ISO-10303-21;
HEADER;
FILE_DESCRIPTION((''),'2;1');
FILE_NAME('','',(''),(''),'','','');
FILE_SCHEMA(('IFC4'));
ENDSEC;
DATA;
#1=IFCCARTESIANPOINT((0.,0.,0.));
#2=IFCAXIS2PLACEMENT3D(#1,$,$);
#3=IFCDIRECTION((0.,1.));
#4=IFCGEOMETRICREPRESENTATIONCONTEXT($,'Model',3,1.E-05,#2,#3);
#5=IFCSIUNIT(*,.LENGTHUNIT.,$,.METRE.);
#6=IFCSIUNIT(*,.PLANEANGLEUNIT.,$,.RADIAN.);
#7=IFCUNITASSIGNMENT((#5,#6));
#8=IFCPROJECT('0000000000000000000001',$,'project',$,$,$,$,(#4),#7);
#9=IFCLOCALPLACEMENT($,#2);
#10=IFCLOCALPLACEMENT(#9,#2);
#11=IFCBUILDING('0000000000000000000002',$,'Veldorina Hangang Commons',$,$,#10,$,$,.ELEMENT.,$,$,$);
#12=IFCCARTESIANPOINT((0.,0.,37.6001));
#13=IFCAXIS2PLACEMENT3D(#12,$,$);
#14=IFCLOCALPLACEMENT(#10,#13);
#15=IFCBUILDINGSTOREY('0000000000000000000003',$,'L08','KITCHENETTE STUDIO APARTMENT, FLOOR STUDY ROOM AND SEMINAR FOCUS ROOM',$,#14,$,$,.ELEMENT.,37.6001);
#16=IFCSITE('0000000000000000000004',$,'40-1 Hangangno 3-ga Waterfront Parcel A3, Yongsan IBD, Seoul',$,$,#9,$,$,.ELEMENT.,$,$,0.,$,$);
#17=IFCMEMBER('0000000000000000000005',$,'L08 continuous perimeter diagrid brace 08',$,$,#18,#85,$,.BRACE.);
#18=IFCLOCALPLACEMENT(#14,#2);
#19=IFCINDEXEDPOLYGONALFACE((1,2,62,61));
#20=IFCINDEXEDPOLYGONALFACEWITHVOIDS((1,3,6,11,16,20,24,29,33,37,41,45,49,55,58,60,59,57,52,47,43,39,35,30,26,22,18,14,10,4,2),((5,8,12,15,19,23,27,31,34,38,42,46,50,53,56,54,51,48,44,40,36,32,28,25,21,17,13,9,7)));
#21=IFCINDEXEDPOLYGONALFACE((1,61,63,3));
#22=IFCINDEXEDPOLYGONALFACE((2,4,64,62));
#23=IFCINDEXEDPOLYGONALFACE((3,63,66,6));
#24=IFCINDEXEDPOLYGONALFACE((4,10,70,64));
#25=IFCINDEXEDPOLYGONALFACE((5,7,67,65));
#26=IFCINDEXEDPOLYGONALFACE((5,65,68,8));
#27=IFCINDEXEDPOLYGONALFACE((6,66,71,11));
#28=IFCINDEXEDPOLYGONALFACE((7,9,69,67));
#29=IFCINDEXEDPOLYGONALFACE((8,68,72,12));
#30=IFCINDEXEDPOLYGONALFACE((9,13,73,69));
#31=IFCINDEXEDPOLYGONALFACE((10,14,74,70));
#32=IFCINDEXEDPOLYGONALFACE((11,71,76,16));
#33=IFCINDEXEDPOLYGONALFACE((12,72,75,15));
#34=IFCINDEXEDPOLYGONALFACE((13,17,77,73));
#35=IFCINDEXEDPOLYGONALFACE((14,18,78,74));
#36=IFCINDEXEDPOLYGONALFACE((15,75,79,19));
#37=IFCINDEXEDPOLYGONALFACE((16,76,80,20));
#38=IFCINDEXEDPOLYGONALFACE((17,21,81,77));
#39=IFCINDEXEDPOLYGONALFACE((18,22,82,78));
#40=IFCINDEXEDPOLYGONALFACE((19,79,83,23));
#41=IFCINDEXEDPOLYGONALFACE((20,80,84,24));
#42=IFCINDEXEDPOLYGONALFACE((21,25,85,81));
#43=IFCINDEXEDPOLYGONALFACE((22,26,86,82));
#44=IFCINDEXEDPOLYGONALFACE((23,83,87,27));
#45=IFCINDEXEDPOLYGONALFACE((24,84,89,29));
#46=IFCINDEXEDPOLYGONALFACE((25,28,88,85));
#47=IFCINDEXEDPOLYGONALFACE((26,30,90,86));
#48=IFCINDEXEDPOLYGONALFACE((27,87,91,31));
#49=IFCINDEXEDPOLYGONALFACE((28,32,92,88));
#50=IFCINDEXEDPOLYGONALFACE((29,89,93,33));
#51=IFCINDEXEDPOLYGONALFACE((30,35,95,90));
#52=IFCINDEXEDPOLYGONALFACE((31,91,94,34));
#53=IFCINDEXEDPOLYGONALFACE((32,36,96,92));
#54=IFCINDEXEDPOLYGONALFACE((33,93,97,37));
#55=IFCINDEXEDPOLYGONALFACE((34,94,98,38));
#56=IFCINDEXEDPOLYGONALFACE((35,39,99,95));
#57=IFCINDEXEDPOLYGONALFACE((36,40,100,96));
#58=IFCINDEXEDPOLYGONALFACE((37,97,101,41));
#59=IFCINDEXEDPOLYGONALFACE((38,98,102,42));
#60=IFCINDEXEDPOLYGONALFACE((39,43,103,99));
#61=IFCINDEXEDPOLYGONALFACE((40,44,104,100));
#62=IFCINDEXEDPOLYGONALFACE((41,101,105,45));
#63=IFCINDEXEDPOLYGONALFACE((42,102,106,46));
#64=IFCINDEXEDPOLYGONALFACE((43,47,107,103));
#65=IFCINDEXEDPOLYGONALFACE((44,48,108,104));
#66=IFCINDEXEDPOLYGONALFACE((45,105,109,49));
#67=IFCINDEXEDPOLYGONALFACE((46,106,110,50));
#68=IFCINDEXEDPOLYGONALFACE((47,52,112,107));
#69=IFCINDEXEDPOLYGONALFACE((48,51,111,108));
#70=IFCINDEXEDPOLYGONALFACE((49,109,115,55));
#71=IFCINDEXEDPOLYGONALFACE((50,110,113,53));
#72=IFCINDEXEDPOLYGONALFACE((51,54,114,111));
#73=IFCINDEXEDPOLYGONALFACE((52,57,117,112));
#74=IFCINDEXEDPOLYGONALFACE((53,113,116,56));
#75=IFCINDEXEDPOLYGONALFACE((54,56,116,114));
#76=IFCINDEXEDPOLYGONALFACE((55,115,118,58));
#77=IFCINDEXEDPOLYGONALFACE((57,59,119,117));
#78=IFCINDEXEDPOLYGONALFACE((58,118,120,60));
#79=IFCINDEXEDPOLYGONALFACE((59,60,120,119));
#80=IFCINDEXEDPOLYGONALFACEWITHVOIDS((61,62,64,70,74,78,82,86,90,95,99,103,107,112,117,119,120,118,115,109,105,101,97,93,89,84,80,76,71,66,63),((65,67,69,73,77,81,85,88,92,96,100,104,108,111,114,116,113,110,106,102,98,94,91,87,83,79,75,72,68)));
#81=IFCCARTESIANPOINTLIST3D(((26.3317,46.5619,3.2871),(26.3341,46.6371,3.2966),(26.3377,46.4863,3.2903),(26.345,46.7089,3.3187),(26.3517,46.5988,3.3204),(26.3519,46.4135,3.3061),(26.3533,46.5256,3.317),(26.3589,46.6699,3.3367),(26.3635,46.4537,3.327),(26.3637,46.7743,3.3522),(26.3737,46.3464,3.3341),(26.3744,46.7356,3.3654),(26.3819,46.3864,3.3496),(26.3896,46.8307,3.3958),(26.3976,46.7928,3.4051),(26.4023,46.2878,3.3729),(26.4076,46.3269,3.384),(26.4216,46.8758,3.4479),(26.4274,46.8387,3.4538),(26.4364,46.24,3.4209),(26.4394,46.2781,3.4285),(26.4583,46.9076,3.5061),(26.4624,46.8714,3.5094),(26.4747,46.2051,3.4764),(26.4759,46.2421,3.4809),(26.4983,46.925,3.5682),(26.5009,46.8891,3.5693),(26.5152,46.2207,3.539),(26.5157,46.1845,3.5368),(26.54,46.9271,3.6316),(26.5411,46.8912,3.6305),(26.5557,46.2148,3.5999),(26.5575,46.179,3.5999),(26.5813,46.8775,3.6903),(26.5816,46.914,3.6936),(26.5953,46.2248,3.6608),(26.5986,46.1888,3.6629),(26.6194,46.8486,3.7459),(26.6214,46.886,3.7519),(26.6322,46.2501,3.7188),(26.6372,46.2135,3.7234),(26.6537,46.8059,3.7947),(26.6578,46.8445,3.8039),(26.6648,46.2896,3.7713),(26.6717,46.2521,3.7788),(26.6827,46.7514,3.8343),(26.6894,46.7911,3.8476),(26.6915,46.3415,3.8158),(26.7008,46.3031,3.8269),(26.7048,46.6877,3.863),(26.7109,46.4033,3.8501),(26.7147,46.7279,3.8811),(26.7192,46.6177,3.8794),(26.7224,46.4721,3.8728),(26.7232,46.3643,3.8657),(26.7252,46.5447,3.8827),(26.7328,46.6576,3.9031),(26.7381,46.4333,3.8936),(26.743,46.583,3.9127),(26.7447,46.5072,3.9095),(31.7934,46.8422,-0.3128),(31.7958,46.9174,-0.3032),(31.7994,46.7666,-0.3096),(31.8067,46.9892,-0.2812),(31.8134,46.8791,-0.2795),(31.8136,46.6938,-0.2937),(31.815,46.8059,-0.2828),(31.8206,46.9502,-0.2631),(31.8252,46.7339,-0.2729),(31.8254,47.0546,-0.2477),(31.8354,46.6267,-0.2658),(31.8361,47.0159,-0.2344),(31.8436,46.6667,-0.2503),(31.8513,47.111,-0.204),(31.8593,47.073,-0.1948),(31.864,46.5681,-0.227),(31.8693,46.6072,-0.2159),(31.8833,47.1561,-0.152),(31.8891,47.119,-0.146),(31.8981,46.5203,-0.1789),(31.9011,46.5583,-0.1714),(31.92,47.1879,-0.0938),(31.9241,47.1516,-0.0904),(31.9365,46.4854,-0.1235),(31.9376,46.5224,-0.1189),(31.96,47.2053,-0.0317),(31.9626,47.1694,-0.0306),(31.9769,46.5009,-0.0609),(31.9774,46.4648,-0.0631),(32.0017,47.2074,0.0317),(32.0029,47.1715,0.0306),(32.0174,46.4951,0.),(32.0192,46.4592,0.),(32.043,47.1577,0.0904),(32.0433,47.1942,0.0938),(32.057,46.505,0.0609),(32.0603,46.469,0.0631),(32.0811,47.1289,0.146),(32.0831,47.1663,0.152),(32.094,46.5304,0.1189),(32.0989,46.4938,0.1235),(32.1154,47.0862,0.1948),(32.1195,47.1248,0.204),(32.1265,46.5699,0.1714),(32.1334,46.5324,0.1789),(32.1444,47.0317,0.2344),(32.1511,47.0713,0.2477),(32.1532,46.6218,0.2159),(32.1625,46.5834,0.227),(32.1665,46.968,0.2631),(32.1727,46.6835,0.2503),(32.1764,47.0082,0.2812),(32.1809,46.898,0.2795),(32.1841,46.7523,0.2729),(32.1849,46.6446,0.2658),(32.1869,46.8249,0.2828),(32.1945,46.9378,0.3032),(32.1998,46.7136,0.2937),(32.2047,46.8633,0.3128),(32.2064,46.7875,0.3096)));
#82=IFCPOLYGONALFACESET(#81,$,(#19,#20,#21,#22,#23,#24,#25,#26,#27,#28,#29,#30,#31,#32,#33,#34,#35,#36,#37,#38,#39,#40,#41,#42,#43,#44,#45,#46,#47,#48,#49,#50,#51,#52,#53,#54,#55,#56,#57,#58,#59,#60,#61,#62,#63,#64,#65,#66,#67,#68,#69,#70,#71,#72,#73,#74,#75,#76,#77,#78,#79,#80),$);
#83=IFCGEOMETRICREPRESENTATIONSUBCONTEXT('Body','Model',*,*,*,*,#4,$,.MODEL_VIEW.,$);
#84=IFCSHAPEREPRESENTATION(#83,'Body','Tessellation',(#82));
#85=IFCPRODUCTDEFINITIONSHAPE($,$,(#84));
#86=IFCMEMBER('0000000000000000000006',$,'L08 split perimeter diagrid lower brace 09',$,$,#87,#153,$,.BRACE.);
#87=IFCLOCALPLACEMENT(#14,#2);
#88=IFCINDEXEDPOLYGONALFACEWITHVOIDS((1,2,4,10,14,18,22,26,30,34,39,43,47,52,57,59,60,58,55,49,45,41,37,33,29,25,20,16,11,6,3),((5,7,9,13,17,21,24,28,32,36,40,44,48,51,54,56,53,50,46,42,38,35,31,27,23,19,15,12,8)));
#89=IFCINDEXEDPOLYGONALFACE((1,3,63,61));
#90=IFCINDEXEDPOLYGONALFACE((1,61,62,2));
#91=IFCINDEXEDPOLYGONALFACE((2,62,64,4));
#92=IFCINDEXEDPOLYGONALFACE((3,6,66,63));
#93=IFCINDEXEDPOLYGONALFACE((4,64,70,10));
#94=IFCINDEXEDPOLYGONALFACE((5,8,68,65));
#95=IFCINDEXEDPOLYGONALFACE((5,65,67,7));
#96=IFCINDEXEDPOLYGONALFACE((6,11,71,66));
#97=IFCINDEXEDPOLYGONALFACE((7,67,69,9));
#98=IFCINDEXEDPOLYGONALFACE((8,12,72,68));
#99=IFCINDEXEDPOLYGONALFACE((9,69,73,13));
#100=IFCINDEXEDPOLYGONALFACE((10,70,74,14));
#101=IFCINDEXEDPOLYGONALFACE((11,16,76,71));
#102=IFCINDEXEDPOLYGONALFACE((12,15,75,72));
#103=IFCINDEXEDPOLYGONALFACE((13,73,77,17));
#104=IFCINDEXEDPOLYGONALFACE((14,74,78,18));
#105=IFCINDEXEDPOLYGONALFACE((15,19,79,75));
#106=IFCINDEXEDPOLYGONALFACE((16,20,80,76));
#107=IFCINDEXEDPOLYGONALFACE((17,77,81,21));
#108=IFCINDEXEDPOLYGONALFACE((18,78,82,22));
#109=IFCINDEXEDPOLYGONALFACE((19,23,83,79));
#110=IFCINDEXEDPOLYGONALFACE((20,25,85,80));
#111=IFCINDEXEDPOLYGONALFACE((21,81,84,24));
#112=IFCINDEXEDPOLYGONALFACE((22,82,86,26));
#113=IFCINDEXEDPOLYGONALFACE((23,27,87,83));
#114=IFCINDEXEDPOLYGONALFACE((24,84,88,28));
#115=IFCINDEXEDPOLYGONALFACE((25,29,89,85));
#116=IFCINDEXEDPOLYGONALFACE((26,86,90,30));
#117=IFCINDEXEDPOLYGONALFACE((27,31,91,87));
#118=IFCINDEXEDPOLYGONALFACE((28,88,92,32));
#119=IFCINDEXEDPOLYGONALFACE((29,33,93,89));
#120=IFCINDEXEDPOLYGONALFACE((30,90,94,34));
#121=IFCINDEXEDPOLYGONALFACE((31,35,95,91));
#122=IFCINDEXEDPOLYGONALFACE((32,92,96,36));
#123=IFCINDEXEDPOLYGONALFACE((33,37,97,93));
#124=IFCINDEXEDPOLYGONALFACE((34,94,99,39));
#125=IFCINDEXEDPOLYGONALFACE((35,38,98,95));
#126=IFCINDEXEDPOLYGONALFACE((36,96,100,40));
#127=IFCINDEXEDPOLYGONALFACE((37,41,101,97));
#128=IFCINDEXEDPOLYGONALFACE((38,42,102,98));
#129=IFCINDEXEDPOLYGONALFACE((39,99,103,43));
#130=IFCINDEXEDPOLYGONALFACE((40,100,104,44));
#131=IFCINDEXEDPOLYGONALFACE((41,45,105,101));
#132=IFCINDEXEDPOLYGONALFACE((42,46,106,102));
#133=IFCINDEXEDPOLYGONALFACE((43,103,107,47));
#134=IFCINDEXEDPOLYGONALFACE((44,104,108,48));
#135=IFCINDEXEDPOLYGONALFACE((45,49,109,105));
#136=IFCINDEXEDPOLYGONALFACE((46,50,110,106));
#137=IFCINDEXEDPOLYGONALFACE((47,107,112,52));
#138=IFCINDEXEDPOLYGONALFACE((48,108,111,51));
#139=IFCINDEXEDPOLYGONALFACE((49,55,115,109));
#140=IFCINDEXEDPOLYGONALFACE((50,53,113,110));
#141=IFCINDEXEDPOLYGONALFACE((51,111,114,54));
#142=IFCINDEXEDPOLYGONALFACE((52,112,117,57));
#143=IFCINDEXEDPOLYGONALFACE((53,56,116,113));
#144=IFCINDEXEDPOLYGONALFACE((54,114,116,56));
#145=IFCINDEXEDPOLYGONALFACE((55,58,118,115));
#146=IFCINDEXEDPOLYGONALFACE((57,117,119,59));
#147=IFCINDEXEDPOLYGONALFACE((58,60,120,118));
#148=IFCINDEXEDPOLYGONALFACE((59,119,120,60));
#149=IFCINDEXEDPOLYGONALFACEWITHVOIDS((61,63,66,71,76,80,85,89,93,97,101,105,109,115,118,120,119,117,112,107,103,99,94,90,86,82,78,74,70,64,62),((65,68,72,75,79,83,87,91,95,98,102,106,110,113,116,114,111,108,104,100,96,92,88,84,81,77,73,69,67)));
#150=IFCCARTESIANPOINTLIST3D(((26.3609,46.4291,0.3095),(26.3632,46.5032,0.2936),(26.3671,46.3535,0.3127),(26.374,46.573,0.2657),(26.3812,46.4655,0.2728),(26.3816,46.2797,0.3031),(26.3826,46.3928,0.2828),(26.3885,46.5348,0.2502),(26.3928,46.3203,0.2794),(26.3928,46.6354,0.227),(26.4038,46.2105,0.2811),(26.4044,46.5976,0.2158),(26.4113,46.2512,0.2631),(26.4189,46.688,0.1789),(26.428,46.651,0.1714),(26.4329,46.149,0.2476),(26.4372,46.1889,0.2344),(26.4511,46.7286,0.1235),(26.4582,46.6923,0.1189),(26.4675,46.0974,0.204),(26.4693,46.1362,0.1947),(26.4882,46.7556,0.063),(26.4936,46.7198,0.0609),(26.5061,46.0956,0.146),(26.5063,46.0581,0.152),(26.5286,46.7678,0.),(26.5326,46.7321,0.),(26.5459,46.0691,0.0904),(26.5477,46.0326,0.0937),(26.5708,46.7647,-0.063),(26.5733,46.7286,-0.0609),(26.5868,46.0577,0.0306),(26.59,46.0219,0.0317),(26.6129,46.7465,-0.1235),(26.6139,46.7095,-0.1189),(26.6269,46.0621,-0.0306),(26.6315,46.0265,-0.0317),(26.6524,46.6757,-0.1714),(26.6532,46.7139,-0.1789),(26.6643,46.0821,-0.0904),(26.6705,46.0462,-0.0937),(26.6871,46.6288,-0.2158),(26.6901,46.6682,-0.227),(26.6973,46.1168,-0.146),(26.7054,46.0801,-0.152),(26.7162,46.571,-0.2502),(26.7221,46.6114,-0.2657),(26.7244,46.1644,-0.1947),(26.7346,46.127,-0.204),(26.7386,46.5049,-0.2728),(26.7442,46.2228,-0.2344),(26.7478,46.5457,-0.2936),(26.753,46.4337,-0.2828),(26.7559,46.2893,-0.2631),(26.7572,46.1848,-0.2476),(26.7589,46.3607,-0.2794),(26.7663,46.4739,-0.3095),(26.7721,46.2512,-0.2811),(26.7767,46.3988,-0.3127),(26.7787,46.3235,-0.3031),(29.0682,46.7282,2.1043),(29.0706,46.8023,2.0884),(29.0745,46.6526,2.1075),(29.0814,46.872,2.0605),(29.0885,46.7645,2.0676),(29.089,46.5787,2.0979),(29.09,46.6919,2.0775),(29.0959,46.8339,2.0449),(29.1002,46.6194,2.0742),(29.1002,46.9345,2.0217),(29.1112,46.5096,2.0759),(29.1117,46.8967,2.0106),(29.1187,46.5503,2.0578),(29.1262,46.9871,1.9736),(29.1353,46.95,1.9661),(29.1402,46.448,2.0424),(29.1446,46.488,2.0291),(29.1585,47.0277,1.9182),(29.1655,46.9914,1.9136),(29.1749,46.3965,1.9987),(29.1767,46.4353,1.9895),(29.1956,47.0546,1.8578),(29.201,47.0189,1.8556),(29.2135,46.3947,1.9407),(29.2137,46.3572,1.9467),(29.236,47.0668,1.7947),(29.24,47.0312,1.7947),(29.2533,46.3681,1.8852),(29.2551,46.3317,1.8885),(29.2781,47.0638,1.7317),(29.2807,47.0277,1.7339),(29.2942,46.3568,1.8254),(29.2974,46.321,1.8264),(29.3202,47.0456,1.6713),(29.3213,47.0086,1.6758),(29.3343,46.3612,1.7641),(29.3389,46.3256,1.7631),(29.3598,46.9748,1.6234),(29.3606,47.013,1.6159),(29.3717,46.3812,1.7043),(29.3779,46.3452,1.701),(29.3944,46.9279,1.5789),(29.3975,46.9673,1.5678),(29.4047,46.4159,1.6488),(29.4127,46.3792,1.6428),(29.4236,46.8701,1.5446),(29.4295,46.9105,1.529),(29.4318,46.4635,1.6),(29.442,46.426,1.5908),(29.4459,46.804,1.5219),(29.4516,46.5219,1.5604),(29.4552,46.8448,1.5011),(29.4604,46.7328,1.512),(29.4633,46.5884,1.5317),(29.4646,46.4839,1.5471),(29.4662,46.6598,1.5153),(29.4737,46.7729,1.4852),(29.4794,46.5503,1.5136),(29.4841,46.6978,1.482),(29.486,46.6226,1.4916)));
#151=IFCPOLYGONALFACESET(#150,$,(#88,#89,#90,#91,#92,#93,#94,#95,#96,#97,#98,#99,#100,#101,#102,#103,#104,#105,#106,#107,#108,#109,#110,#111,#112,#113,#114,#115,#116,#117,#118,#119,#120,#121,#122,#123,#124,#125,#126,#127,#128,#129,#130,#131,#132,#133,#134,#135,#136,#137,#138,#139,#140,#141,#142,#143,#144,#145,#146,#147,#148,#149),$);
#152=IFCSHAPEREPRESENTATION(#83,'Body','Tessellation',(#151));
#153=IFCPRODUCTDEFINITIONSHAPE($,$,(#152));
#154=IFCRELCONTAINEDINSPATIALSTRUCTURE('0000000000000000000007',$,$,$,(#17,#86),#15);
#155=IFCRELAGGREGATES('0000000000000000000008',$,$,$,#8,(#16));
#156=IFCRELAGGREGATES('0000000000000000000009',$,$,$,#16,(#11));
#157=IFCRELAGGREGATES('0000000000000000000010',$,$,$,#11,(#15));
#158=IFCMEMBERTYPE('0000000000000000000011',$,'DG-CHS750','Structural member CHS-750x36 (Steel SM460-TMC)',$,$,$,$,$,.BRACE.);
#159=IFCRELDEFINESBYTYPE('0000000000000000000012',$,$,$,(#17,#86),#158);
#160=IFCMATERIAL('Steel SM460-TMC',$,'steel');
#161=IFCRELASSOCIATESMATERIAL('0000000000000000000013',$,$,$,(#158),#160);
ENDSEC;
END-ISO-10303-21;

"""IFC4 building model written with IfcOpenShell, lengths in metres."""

from ifc_helpers import new_model, si_unit, direction, frame, origin, origin_2d, place, context, subcontext, project, spatial, hollow_circle, extrude, material, material_profile, profile_set, type_object, element, save


model = new_model("IFC4")

# Units and contexts
model_context = context("Model", 3, precision=1e-05, world=origin(), true_north=direction((0.0, 1.0)))
body_context = subcontext(model_context, "Body", "Model", "MODEL_VIEW")
ifc_project = project(units=[si_unit("LENGTHUNIT", "METRE"), si_unit("PLANEANGLEUNIT", "RADIAN")], contexts=[model_context])

# Site, building, storey
site_placement = place(None, origin())
site = spatial("IfcSite", under=ifc_project, at=site_placement, Name="40-1 Hangangno 3-ga Waterfront Parcel A3, Yongsan IBD, Seoul", CompositionType="ELEMENT", RefElevation=0.0)
building_placement = place(site_placement, origin())
building = spatial("IfcBuilding", under=site, at=building_placement, Name="Veldorina Hangang Commons", CompositionType="ELEMENT")
storey_placement = place(building_placement, frame((0.0, 0.0, 37.6001)))
storey = spatial("IfcBuildingStorey", under=building, at=storey_placement, Name="L08", Description="KITCHENETTE STUDIO APARTMENT, FLOOR STUDY ROOM AND SEMINAR FOCUS ROOM", CompositionType="ELEMENT", Elevation=37.6001)

# Shared definitions
ifc_material_1 = material(Name="Steel SM460-TMC", Category="steel")

# Members
ifc_material_profile_1 = material_profile(ifc_material_1, hollow_circle(Radius=0.375, WallThickness=0.0359, at=origin_2d()), Name="CHS-750x36")
ifc_profile_set_1 = profile_set([ifc_material_profile_1], Name="Steel SM460-TMC")
member_type = type_object("IfcMemberType", Name="DG-CHS750", Description="Structural member CHS-750x36 (Steel SM460-TMC)", PredefinedType="BRACE", material=ifc_profile_set_1)
member_1_placement = place(storey_placement, frame((32.0, 46.8337, 0.0), z_axis=(-0.834185, -0.042807, 0.549821), x_axis=(0.051249, -0.998686, 0.0)))
element("IfcMember", 1, at=member_1_placement, inside=storey, type_object=member_type, Name="L08 continuous perimeter diagrid brace 08", PredefinedType="BRACE", context=body_context, shape_type="SweptSolid", body=[
    extrude(hollow_circle(Radius=0.375, WallThickness=0.0359, at=origin_2d()), origin(), (0.0, 0.0, 1.0), 6.5474),
])
member_2_placement = place(storey_placement, frame((26.5698, 46.395, 0.0), z_axis=(0.829982, 0.091688, 0.550203), x_axis=(-0.109802, 0.993953, 0.0)))
element("IfcMember", 2, at=member_2_placement, inside=storey, type_object=member_type, Name="L08 split perimeter diagrid lower brace 09", PredefinedType="BRACE", context=body_context, shape_type="SweptSolid", body=[
    extrude(hollow_circle(Radius=0.375, WallThickness=0.0359, at=origin_2d()), origin(), (0.0, 0.0, 1.0), 3.262),
])

save(model, "model.ifc")
